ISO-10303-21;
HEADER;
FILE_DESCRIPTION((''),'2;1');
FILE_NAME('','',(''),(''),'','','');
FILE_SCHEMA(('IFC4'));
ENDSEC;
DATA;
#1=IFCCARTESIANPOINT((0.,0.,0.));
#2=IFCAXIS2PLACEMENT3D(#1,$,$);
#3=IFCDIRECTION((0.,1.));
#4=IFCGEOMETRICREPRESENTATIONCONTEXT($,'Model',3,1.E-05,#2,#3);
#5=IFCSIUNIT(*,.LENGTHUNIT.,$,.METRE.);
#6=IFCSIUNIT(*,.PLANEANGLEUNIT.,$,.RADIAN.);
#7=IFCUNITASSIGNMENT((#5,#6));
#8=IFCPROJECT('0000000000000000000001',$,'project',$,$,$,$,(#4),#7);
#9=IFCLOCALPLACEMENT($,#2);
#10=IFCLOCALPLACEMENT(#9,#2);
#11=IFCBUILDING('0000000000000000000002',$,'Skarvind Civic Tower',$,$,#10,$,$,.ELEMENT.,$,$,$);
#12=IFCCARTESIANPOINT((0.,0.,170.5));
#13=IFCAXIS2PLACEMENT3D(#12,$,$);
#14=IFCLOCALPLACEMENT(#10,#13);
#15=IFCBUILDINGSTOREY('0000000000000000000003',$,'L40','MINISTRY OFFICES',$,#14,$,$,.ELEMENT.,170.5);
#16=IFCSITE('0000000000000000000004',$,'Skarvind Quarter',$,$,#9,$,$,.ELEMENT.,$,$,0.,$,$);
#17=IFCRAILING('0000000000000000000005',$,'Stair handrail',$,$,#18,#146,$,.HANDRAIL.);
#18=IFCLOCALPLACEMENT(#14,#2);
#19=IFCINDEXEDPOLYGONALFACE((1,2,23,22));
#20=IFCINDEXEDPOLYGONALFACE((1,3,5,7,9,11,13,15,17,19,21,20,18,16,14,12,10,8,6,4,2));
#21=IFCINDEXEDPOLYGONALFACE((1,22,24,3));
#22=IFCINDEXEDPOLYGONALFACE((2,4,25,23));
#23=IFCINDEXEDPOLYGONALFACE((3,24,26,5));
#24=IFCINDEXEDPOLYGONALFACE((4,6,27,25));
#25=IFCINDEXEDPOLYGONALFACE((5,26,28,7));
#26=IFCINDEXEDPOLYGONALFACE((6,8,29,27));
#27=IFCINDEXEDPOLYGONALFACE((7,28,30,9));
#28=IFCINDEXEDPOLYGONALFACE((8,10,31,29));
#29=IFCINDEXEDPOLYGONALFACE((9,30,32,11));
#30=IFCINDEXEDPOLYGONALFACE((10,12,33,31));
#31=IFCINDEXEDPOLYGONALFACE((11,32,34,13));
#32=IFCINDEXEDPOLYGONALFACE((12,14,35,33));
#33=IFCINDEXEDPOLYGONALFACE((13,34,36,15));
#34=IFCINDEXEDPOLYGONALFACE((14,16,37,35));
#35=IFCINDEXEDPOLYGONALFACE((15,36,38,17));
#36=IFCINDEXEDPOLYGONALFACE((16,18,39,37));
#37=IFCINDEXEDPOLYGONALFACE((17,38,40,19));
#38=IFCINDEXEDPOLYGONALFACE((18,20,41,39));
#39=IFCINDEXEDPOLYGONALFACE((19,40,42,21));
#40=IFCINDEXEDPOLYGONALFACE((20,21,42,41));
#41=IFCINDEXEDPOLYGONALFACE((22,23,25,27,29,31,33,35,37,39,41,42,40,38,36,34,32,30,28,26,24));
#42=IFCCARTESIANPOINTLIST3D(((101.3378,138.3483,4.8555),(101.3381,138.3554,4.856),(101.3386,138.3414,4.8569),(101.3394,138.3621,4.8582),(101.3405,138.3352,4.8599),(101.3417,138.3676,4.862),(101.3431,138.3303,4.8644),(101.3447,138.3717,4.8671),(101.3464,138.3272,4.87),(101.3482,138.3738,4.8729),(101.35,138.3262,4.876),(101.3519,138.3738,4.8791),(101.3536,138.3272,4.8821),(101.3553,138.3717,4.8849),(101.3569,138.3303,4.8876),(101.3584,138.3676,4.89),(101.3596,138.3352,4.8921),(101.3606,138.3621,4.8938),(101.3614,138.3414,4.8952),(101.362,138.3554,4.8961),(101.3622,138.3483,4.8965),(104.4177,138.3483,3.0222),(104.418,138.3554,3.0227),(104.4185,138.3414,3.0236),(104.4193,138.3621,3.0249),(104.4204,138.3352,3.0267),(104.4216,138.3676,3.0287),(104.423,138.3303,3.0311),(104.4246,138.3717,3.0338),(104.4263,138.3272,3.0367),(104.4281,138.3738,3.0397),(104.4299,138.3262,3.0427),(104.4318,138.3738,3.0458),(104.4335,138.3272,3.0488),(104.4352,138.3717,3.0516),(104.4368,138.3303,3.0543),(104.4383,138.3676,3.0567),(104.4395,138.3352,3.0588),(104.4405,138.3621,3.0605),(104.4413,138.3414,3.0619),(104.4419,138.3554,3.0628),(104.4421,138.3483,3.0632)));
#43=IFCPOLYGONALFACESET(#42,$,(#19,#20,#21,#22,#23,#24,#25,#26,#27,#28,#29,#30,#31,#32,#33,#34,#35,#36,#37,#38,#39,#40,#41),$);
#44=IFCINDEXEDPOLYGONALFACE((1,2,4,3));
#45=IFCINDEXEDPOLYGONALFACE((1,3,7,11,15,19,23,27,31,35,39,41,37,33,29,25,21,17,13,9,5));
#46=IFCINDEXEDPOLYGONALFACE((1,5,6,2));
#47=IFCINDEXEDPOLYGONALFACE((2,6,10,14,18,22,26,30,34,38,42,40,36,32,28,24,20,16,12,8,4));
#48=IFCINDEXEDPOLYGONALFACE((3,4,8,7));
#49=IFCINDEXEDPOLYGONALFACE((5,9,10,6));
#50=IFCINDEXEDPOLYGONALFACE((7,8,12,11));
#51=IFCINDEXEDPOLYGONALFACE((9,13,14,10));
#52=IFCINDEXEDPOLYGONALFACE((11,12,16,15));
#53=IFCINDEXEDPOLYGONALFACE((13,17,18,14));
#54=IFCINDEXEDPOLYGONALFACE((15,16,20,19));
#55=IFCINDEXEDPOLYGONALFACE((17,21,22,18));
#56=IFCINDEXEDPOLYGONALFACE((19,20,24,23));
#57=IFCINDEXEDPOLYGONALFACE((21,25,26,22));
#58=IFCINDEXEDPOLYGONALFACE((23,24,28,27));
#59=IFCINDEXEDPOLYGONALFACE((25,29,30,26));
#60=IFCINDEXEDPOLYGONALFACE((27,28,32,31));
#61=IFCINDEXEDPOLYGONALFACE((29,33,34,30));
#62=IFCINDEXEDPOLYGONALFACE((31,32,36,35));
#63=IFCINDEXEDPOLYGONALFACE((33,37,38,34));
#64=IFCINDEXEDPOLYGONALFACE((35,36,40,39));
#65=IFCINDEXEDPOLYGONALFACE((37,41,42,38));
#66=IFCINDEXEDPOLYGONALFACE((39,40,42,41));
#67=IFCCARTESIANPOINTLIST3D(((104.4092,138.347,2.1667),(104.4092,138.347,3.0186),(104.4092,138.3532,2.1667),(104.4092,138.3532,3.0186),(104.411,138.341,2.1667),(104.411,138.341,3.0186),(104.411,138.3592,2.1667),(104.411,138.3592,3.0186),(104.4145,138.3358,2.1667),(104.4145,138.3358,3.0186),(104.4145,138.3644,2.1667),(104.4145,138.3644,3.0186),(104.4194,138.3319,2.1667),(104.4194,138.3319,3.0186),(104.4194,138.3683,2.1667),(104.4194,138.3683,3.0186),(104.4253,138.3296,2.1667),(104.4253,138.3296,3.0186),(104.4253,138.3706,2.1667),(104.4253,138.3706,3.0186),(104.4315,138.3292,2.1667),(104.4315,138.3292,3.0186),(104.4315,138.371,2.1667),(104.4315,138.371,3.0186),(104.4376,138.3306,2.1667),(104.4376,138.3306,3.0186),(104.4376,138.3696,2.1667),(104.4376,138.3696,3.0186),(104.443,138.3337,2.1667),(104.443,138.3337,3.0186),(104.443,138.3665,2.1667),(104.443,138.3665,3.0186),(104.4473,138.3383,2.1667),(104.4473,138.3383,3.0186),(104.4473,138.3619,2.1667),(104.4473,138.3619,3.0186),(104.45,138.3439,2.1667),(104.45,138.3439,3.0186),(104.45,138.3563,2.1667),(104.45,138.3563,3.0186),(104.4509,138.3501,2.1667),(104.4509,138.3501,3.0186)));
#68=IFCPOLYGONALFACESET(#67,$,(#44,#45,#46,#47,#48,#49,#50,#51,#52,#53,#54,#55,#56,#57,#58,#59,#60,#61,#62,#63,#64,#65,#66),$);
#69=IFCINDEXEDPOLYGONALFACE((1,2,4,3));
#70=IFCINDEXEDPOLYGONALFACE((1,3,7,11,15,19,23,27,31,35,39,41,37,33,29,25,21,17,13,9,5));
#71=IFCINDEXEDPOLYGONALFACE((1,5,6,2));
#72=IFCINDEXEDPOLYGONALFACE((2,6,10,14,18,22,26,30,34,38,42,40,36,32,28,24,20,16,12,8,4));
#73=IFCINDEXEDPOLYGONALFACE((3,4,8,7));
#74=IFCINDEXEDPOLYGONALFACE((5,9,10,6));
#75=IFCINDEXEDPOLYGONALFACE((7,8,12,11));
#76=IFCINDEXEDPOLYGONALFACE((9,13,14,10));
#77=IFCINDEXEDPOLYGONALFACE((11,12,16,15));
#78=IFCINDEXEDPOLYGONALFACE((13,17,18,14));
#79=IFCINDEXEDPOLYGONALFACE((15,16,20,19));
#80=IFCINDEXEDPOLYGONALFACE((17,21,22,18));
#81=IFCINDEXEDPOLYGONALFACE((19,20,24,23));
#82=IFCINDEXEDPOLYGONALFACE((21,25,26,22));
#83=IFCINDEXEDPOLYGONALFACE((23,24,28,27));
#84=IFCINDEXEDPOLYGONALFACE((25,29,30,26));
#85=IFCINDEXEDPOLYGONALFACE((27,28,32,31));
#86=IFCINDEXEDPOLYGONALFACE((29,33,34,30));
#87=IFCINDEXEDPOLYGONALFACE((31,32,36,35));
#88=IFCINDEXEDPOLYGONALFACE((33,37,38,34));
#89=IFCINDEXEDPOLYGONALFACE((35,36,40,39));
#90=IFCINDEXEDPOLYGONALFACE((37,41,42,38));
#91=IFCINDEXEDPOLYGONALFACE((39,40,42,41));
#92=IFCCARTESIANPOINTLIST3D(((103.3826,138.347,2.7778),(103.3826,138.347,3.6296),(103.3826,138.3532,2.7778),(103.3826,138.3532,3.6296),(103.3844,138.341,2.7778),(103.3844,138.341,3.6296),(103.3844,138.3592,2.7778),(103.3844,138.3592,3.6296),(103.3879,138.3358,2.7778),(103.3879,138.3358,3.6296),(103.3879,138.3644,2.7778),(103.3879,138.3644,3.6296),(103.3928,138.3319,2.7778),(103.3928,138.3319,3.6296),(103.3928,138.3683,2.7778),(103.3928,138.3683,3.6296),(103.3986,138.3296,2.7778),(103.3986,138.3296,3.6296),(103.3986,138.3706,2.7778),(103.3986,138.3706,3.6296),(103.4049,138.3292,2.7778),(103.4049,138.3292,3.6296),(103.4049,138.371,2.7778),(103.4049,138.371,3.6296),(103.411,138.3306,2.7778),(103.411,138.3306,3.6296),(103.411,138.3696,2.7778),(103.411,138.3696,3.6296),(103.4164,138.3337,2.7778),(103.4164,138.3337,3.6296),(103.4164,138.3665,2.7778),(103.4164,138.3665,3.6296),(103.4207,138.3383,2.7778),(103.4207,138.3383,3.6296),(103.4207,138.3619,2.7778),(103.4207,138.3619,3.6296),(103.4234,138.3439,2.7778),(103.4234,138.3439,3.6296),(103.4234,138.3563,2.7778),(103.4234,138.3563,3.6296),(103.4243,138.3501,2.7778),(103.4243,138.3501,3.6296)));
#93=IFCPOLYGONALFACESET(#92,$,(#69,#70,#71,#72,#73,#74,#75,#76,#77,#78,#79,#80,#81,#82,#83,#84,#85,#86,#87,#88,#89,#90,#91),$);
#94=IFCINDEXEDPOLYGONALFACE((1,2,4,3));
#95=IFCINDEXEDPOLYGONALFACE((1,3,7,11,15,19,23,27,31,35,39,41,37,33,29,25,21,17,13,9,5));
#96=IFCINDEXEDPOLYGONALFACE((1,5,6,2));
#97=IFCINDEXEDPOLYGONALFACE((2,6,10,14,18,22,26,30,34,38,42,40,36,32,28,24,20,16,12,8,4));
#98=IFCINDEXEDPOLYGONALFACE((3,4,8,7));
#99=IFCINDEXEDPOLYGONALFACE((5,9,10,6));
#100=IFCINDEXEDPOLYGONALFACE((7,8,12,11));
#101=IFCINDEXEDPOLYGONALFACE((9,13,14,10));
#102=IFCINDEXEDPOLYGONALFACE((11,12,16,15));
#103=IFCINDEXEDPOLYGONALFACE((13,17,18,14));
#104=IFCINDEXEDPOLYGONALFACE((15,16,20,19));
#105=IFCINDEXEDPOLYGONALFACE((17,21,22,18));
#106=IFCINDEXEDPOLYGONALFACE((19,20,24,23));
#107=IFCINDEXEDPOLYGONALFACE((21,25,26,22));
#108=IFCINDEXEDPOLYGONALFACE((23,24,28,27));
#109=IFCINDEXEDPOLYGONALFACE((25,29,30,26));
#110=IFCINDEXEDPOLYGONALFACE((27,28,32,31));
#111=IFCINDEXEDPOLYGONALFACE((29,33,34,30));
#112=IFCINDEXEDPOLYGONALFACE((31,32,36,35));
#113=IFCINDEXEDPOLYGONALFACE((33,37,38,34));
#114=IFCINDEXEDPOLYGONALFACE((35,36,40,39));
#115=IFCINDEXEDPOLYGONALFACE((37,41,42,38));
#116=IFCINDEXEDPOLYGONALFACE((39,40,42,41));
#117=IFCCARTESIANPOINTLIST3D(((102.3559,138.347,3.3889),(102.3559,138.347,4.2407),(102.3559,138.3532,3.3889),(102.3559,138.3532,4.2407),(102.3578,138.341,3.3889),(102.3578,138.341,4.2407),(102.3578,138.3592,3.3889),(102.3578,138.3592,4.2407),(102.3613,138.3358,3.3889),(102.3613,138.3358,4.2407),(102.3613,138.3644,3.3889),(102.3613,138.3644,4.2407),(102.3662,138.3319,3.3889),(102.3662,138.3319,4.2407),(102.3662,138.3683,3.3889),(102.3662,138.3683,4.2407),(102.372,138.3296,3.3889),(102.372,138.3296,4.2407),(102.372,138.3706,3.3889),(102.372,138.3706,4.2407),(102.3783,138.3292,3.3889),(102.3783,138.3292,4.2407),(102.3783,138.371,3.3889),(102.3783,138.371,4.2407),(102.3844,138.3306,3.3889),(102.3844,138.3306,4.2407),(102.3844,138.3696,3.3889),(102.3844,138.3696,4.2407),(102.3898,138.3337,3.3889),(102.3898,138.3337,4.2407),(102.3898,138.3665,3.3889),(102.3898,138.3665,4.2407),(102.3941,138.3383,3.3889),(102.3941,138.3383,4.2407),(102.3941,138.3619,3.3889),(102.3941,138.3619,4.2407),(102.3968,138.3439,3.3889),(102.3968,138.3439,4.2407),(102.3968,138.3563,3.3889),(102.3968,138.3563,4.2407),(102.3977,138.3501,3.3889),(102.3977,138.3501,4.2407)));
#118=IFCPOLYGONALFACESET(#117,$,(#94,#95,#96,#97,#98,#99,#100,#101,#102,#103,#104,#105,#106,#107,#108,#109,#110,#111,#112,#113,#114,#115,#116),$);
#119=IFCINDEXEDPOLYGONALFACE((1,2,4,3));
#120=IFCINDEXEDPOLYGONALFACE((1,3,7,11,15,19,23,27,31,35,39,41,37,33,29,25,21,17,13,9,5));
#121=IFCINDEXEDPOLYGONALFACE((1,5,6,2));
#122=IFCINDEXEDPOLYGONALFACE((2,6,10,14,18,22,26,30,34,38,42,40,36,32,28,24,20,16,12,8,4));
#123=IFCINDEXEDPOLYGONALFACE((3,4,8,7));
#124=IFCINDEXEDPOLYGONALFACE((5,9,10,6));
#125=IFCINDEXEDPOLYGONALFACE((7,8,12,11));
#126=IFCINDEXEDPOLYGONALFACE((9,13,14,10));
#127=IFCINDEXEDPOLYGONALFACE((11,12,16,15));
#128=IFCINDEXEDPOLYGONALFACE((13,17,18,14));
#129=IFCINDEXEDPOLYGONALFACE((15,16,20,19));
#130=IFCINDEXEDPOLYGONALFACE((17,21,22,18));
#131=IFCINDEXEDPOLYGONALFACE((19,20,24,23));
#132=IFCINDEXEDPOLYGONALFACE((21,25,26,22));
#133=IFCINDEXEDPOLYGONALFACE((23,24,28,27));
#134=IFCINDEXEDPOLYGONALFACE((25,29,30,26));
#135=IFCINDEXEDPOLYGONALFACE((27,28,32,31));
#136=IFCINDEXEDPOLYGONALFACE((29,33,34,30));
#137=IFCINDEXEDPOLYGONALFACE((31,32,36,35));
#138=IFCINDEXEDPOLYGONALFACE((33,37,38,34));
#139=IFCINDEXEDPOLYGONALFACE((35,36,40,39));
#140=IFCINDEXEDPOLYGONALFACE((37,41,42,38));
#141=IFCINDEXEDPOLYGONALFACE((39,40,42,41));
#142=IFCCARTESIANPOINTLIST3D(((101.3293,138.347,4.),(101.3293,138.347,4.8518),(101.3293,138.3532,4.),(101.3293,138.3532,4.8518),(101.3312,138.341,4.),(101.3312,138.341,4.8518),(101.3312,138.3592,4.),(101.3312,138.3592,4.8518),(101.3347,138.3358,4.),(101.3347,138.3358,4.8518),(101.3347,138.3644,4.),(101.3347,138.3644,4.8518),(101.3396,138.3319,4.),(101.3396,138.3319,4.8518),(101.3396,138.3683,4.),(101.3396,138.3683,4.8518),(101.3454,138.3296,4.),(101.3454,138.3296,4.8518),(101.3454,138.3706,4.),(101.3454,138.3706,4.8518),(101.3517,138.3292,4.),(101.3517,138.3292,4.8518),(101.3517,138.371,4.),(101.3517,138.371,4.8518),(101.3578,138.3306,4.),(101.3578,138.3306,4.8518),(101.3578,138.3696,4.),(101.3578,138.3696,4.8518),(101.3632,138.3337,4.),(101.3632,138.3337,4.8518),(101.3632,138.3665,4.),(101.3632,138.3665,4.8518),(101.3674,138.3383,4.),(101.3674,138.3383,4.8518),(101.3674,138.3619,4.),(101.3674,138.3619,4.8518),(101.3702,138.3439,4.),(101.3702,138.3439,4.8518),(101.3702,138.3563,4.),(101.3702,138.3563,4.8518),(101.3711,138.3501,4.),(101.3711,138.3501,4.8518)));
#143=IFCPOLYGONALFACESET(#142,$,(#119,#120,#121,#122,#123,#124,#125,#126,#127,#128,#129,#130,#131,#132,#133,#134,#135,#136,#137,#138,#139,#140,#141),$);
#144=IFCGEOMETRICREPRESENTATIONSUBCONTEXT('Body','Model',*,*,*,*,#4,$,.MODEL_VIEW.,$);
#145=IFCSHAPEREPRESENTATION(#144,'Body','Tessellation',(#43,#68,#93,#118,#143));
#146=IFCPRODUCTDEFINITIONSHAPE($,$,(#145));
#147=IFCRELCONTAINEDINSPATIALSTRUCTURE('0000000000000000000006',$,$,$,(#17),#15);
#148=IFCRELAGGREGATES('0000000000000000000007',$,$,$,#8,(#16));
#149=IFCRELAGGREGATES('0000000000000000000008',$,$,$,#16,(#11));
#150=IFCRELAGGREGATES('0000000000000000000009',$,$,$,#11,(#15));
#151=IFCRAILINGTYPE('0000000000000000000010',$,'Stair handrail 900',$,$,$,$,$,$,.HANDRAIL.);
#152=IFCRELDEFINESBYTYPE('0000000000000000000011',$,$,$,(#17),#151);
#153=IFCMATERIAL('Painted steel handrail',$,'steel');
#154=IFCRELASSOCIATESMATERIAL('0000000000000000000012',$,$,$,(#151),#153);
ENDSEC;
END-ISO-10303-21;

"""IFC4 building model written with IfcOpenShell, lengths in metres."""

from ifc_helpers import new_model, si_unit, direction, frame, origin, origin_2d, place, context, subcontext, project, spatial, circle, extrude, material, type_object, element, save


model = new_model("IFC4")

# Units and contexts
model_context = context("Model", 3, precision=1e-05, world=origin(), true_north=direction((0.0, 1.0)))
body_context = subcontext(model_context, "Body", "Model", "MODEL_VIEW")
ifc_project = project(units=[si_unit("LENGTHUNIT", "METRE"), si_unit("PLANEANGLEUNIT", "RADIAN")], contexts=[model_context])

# Site, building, storey
site_placement = place(None, origin())
site = spatial("IfcSite", under=ifc_project, at=site_placement, Name="Skarvind Quarter", CompositionType="ELEMENT", RefElevation=0.0)
building_placement = place(site_placement, origin())
building = spatial("IfcBuilding", under=site, at=building_placement, Name="Skarvind Civic Tower", CompositionType="ELEMENT")
storey_placement = place(building_placement, frame((0.0, 0.0, 170.5)))
storey = spatial("IfcBuildingStorey", under=building, at=storey_placement, Name="L40", Description="MINISTRY OFFICES", CompositionType="ELEMENT", Elevation=170.5)

# Railing
ifc_material_1 = material(Name="Painted steel handrail", Category="steel")
railing_type = type_object("IfcRailingType", Name="Stair handrail 900", PredefinedType="HANDRAIL", material=ifc_material_1)
railing_1_placement = place(storey_placement, frame((104.4299, 138.3501, 2.1667)))
element("IfcRailing", 1, at=railing_1_placement, inside=storey, type_object=railing_type, Name="Stair handrail", PredefinedType="HANDRAIL", context=body_context, shape_type="SweptSolid", body=[
    extrude(circle(Radius=0.0239, at=origin_2d()), frame((0.0, 0.0, 0.876), z_axis=(-0.859291, 0.0, 0.511487), x_axis=(0.0, -1.0, 0.0)), (0.0, 0.0, 1.0), 3.5842),
    extrude(circle(Radius=0.021, at=origin_2d()), origin(), (0.0, 0.0, 1.0), 0.8518),
    extrude(circle(Radius=0.021, at=origin_2d()), frame((-1.0266, 0.0, 0.6111)), (0.0, 0.0, 1.0), 0.8518),
    extrude(circle(Radius=0.021, at=origin_2d()), frame((-2.0532, 0.0, 1.2222)), (0.0, 0.0, 1.0), 0.8518),
    extrude(circle(Radius=0.021, at=origin_2d()), frame((-3.0798, 0.0, 1.8333)), (0.0, 0.0, 1.0), 0.8518),
])

save(model, "model.ifc")
